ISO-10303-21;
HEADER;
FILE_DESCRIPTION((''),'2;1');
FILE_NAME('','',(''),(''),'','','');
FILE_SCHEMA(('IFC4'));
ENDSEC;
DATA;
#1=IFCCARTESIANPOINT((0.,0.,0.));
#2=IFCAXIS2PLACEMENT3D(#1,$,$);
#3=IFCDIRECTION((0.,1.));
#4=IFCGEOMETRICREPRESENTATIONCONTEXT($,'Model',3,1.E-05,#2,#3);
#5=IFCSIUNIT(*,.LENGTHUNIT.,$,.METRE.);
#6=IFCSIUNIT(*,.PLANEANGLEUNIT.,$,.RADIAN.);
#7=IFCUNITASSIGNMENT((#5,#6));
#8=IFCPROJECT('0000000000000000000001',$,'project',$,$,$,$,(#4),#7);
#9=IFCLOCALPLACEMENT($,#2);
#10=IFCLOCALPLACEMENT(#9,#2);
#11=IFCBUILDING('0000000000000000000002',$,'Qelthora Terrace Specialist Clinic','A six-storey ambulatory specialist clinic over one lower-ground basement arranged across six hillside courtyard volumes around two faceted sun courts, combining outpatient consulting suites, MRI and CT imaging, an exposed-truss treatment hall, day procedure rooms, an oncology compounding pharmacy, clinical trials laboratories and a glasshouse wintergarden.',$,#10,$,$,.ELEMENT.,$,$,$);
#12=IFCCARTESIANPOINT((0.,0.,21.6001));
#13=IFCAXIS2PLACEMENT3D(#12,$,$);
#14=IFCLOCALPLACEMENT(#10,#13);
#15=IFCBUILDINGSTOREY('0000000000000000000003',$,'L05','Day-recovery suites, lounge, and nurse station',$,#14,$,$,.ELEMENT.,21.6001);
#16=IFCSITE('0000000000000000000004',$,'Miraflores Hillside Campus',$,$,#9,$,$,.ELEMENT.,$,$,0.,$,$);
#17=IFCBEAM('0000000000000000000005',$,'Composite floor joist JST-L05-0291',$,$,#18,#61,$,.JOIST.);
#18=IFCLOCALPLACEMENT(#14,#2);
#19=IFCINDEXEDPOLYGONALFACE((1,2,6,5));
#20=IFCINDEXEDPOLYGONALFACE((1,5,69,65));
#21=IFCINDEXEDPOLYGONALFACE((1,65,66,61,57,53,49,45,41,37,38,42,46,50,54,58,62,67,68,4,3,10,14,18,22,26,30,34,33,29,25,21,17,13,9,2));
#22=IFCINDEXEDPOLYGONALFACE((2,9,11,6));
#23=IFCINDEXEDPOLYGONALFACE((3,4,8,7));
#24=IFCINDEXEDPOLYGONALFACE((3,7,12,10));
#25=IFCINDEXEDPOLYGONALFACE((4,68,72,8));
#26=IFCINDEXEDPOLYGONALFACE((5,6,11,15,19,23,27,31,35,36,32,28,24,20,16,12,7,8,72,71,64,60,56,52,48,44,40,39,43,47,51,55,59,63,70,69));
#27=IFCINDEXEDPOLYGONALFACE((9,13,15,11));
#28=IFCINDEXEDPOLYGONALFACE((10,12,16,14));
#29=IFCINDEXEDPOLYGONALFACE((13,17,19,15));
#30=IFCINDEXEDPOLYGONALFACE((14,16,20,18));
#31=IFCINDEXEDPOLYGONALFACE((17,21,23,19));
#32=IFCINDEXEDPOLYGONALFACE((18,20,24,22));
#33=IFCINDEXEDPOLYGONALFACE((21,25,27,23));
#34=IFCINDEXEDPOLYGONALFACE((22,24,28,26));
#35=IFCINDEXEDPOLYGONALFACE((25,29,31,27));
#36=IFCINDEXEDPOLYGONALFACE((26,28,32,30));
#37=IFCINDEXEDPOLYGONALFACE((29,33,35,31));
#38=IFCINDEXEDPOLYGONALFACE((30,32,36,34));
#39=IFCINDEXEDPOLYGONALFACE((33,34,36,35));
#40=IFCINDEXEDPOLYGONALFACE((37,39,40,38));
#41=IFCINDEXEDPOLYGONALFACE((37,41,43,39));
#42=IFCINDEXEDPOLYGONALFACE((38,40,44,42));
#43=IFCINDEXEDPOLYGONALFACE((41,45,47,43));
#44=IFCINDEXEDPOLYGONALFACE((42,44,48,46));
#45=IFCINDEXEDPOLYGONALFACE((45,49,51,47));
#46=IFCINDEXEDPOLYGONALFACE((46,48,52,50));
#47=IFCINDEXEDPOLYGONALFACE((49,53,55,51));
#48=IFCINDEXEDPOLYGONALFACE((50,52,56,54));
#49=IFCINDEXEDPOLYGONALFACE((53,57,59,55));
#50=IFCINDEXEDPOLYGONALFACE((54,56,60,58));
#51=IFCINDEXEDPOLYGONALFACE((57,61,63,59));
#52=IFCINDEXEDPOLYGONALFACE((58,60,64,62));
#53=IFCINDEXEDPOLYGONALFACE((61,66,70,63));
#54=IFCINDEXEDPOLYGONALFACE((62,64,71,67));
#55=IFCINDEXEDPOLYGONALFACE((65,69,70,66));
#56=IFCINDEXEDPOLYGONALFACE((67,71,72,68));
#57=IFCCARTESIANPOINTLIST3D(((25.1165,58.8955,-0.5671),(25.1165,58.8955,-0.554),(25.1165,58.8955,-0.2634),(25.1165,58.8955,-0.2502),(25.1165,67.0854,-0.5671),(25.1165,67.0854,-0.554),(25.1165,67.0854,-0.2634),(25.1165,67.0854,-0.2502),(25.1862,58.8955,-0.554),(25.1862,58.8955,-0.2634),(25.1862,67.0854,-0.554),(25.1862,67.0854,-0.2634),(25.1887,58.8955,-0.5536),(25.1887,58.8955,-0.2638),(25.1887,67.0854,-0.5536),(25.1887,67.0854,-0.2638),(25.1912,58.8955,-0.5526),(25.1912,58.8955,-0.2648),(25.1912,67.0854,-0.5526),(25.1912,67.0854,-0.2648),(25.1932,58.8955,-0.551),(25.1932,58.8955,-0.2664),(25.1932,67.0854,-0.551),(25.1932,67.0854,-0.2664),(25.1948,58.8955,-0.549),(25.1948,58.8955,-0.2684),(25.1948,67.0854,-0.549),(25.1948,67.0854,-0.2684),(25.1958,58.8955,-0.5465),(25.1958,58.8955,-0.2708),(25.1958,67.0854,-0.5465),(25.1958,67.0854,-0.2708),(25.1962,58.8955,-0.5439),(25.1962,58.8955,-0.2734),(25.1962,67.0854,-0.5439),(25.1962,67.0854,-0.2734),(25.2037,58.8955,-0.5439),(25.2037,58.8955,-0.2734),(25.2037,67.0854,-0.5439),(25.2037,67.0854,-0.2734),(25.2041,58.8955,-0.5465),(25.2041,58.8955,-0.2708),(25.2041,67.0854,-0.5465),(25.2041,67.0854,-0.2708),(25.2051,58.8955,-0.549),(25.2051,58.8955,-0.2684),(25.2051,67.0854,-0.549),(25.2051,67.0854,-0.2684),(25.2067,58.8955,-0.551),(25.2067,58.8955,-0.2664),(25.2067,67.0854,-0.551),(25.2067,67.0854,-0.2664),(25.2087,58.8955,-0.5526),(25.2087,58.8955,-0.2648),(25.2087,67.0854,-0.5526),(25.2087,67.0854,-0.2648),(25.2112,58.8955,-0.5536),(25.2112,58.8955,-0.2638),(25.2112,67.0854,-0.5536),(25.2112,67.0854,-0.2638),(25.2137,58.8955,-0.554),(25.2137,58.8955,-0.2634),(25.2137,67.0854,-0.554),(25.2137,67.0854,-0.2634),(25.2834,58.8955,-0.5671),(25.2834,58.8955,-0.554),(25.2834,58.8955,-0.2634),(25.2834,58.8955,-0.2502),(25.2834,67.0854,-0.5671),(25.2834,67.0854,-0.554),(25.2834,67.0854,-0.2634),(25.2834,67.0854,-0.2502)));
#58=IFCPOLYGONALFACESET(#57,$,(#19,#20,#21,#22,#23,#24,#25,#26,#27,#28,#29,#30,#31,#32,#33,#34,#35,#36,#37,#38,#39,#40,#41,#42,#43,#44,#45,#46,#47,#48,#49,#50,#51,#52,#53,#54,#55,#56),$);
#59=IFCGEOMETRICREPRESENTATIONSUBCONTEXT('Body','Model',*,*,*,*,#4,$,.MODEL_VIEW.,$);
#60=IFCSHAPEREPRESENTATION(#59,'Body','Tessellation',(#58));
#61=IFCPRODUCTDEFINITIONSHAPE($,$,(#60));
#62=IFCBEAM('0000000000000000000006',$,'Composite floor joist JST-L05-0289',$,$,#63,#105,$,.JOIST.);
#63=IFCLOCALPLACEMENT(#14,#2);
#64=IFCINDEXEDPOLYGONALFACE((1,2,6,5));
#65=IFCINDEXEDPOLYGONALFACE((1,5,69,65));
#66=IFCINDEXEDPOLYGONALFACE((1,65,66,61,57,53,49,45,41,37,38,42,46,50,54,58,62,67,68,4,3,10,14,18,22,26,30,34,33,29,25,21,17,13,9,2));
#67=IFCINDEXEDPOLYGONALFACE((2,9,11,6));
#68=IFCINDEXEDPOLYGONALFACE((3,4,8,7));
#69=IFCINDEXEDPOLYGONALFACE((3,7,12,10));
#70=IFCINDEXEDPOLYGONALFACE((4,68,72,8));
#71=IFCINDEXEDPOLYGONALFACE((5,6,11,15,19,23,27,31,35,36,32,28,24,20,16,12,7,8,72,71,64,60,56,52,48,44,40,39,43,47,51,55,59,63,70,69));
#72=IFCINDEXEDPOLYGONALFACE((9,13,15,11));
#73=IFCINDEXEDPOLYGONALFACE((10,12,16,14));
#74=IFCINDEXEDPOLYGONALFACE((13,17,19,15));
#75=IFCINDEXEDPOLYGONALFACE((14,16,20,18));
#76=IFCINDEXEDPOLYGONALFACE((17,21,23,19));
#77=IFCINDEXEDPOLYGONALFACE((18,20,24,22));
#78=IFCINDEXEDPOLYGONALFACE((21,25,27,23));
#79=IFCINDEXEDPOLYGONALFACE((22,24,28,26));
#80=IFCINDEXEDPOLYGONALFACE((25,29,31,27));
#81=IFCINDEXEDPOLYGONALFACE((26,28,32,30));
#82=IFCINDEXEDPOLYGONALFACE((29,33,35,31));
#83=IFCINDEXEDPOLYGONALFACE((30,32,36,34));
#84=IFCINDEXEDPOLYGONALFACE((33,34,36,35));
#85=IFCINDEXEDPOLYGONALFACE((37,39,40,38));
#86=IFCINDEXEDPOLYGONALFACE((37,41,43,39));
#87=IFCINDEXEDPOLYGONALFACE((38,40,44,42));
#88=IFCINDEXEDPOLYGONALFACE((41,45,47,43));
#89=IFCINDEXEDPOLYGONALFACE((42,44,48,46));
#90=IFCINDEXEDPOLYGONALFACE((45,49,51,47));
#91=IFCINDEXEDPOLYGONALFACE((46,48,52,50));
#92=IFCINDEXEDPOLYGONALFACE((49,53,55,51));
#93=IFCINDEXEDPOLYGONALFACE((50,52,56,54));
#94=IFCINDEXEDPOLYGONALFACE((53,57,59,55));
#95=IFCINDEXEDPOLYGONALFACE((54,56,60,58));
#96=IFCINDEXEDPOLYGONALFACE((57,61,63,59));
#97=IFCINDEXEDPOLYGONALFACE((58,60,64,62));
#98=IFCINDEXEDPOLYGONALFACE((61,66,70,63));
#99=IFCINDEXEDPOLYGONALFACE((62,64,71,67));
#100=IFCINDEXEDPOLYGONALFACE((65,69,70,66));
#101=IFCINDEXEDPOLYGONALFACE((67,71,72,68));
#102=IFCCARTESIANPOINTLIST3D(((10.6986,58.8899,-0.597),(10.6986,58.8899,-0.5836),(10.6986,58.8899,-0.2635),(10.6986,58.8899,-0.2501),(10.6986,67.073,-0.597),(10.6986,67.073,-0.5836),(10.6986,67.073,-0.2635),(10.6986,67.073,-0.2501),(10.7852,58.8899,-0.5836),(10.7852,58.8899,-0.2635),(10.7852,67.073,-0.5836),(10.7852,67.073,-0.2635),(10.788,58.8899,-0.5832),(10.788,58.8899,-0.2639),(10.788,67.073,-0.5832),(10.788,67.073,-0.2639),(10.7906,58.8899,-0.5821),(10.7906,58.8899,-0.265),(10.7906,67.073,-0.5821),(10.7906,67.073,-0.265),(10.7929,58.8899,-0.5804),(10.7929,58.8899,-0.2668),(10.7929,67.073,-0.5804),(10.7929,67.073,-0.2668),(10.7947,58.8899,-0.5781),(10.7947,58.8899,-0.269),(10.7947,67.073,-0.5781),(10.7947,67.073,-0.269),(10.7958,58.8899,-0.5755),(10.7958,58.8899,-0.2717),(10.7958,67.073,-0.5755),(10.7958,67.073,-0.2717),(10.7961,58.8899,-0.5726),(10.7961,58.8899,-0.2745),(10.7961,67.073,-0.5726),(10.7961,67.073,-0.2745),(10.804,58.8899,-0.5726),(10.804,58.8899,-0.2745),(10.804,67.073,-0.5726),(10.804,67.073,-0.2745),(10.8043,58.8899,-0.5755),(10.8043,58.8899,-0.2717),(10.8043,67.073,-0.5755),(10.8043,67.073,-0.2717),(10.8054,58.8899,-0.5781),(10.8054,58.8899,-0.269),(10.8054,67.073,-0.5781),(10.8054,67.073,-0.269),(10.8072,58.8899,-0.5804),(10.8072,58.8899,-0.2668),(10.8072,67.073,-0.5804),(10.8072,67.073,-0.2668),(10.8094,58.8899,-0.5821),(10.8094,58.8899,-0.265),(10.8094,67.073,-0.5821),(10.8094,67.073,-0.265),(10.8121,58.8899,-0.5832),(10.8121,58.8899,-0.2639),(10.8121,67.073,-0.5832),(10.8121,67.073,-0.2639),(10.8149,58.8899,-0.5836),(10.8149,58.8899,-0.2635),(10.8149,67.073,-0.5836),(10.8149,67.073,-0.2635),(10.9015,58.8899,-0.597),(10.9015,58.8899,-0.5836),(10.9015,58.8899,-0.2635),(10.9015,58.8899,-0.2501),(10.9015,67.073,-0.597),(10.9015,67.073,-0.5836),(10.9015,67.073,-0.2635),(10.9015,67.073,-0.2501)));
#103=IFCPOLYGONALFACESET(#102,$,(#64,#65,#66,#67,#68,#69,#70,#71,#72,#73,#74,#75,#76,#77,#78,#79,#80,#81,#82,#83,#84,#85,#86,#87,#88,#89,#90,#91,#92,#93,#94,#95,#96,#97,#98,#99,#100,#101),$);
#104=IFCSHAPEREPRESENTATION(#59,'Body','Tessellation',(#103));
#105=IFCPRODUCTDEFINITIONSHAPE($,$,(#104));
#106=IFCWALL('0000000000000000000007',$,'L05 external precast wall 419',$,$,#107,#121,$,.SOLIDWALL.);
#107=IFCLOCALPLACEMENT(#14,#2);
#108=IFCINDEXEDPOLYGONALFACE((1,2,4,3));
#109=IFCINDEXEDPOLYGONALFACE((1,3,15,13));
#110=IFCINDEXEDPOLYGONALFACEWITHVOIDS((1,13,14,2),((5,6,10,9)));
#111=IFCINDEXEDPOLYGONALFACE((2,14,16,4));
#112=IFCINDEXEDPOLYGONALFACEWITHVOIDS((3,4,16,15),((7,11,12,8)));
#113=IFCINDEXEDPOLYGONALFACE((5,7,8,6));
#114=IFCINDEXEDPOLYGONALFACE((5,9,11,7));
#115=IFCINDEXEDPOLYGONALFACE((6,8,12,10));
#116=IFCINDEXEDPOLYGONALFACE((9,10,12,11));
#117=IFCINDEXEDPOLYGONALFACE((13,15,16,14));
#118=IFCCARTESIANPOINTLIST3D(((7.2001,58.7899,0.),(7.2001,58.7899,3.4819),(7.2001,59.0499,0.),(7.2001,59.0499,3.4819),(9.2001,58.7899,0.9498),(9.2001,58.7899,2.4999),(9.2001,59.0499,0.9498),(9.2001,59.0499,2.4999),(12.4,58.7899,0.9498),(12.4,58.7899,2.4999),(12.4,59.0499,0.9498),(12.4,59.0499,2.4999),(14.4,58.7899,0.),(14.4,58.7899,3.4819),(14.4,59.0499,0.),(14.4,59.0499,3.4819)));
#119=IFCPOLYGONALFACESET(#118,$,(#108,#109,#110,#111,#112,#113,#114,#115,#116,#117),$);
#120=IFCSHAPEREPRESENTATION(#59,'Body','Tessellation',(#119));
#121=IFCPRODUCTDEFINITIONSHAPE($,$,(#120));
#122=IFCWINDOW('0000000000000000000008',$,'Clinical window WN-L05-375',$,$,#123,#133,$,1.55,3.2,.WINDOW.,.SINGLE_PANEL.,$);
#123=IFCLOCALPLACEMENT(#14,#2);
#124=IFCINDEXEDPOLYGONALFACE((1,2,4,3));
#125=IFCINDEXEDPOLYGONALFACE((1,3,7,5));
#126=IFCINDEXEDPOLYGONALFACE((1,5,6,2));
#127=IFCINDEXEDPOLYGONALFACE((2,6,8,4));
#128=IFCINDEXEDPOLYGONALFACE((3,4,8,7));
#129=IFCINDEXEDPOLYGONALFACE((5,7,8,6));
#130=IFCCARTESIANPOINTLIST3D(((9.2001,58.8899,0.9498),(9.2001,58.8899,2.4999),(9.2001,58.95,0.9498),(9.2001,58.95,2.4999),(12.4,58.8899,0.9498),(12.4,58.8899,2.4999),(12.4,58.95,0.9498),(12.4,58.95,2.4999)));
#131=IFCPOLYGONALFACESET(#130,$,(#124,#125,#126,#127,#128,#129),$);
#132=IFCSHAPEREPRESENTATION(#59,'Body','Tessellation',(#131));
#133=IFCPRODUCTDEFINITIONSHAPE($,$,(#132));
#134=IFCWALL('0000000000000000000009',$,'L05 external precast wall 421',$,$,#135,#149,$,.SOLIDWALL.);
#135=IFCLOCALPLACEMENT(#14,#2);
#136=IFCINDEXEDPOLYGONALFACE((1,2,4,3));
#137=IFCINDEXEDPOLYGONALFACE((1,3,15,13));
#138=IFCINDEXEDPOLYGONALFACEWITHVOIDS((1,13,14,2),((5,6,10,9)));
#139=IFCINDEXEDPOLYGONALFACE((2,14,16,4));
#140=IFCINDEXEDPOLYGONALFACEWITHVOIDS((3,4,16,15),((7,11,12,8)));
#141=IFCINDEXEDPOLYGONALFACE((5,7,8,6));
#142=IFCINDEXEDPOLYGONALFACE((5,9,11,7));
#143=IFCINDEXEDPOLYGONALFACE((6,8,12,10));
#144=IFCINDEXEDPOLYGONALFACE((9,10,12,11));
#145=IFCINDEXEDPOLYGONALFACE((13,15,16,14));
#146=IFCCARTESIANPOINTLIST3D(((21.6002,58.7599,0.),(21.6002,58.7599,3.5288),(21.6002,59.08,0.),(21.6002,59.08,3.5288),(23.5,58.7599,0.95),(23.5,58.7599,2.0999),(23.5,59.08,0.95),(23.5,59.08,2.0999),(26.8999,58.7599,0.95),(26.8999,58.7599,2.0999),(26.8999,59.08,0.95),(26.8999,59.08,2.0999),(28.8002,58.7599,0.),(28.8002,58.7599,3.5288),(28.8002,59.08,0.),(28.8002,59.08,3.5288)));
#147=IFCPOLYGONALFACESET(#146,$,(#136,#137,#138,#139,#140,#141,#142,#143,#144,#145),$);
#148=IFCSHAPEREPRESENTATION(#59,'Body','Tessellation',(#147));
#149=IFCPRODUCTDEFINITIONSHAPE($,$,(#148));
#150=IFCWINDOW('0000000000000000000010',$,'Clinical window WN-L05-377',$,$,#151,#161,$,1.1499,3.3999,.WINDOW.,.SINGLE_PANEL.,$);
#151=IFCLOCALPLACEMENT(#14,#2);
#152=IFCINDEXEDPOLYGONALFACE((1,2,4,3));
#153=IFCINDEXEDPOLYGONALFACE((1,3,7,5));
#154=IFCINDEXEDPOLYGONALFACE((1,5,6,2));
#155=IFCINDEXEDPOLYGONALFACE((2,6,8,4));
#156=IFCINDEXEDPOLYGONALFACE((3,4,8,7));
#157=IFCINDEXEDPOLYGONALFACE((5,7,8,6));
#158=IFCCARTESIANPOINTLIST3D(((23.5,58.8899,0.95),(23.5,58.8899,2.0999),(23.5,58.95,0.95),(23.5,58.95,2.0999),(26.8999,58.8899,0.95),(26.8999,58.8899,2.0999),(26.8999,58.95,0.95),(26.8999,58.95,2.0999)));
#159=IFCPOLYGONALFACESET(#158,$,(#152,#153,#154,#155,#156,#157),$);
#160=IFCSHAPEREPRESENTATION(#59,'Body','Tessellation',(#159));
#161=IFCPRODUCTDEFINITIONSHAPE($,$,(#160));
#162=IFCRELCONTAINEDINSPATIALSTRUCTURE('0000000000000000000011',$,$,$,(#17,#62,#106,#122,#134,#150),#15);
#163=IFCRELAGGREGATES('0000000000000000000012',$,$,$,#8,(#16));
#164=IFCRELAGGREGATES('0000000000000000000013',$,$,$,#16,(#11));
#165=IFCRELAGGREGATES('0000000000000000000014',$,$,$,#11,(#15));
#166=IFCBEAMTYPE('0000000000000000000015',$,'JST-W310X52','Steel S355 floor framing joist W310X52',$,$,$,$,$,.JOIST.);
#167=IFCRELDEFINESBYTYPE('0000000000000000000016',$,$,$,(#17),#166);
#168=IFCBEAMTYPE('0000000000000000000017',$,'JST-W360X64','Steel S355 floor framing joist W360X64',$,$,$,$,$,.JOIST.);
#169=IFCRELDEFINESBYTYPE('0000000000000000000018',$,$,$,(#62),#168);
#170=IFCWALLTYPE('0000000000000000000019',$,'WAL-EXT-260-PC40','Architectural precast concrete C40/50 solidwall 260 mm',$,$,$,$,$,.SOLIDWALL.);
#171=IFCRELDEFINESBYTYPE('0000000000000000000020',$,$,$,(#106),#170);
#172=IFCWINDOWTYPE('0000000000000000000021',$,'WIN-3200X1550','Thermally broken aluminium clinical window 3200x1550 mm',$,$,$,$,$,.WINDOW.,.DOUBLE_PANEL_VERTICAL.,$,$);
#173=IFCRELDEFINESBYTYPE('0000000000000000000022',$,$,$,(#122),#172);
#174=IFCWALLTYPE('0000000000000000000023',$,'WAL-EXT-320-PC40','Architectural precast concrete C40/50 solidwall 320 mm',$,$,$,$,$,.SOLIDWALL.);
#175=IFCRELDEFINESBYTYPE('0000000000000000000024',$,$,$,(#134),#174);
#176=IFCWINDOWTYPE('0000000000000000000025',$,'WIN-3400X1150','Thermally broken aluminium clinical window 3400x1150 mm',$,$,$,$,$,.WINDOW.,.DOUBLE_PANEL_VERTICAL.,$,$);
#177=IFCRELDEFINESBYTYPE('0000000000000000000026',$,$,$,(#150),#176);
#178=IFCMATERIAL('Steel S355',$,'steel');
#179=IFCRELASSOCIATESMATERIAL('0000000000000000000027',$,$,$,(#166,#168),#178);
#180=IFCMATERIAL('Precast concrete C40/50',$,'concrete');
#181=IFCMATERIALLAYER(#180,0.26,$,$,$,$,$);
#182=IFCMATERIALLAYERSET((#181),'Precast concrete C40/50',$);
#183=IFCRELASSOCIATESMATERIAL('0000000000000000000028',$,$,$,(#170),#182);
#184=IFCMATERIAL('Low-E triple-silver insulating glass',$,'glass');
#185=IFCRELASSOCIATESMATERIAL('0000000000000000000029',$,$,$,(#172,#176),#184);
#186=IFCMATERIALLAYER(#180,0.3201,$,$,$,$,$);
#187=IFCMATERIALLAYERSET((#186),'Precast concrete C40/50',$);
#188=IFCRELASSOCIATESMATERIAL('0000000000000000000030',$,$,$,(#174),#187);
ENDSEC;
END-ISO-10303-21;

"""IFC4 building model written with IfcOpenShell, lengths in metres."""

from ifc_helpers import new_model, si_unit, direction, frame, frame_2d, origin, origin_2d, place, context, subcontext, project, spatial, rectangle, i_section, extrude, material, layer, layer_set, material_profile, profile_set, type_object, element, fill, save


model = new_model("IFC4")

# Units and contexts
model_context = context("Model", 3, precision=1e-05, world=origin(), true_north=direction((0.0, 1.0)))
body_context = subcontext(model_context, "Body", "Model", "MODEL_VIEW")
ifc_project = project(units=[si_unit("LENGTHUNIT", "METRE"), si_unit("PLANEANGLEUNIT", "RADIAN")], contexts=[model_context])

# Site, building, storey
site_placement = place(None, origin())
site = spatial("IfcSite", under=ifc_project, at=site_placement, Name="Miraflores Hillside Campus", CompositionType="ELEMENT", RefElevation=0.0)
building_placement = place(site_placement, origin())
building = spatial("IfcBuilding", under=site, at=building_placement, Name="Qelthora Terrace Specialist Clinic", Description="A six-storey ambulatory specialist clinic over one lower-ground basement arranged across six hillside courtyard volumes around two faceted sun courts, combining outpatient consulting suites, MRI and CT imaging, an exposed-truss treatment hall, day procedure rooms, an oncology compounding pharmacy, clinical trials laboratories and a glasshouse wintergarden.", CompositionType="ELEMENT")
storey_placement = place(building_placement, frame((0.0, 0.0, 21.6001)))
storey = spatial("IfcBuildingStorey", under=building, at=storey_placement, Name="L05", Description="Day-recovery suites, lounge, and nurse station", CompositionType="ELEMENT", Elevation=21.6001)

# Shared definitions
ifc_material_1 = material(Name="Steel S355", Category="steel")

# Beams
ifc_material_profile_1 = material_profile(ifc_material_1, i_section(OverallWidth=0.167, OverallDepth=0.3169, WebThickness=0.0076, FlangeThickness=0.0132, FilletRadius=0.01, at=origin_2d()), Name="W310X52")
ifc_profile_set_1 = profile_set([ifc_material_profile_1], Name="Steel S355")
beam_type_1 = type_object("IfcBeamType", Name="JST-W310X52", Description="Steel S355 floor framing joist W310X52", PredefinedType="JOIST", material=ifc_profile_set_1)
beam_1_placement = place(storey_placement, frame((25.2, 58.8955, -0.4087), z_axis=(0.0, 1.0, 0.0), x_axis=(-1.0, 0.0, 0.0)))
element("IfcBeam", 1, at=beam_1_placement, inside=storey, type_object=beam_type_1, Name="Composite floor joist JST-L05-0291", PredefinedType="JOIST", context=body_context, shape_type="SweptSolid", body=[
    extrude(i_section(OverallWidth=0.167, OverallDepth=0.3169, WebThickness=0.0076, FlangeThickness=0.0132, FilletRadius=0.01, at=origin_2d()), origin(), (0.0, 0.0, 1.0), 8.1899),
])
ifc_material_profile_2 = material_profile(ifc_material_1, i_section(OverallWidth=0.2029, OverallDepth=0.3469, WebThickness=0.0078, FlangeThickness=0.0134, FilletRadius=0.011, at=origin_2d()), Name="W360X64")
ifc_profile_set_2 = profile_set([ifc_material_profile_2], Name="Steel S355")
beam_type_2 = type_object("IfcBeamType", Name="JST-W360X64", Description="Steel S355 floor framing joist W360X64", PredefinedType="JOIST", material=ifc_profile_set_2)
beam_2_placement = place(storey_placement, frame((10.8, 58.8899, -0.4236), z_axis=(0.0, 1.0, 0.0), x_axis=(-1.0, 0.0, 0.0)))
element("IfcBeam", 2, at=beam_2_placement, inside=storey, type_object=beam_type_2, Name="Composite floor joist JST-L05-0289", PredefinedType="JOIST", context=body_context, shape_type="SweptSolid", body=[
    extrude(i_section(OverallWidth=0.2029, OverallDepth=0.3469, WebThickness=0.0078, FlangeThickness=0.0134, FilletRadius=0.011, at=origin_2d()), origin(), (0.0, 0.0, 1.0), 8.1831),
])

# Walls, openings, windows
ifc_material_2 = material(Name="Precast concrete C40/50", Category="concrete")
ifc_layer_1 = layer(ifc_material_2, 0.26)
ifc_layer_set_1 = layer_set([ifc_layer_1], Name="Precast concrete C40/50")
wall_type_1 = type_object("IfcWallType", Name="WAL-EXT-260-PC40", Description="Architectural precast concrete C40/50 solidwall 260 mm", PredefinedType="SOLIDWALL", material=ifc_layer_set_1)
wall_1_placement = place(storey_placement, frame((7.2, 58.9199, 0.0), z_axis=(0.0, 0.0, 1.0), x_axis=(1.0, 0.0, 0.0)))
wall_1 = element("IfcWall", 3, at=wall_1_placement, inside=storey, type_object=wall_type_1, Name="L05 external precast wall 419", PredefinedType="SOLIDWALL", context=body_context, shape_type="SweptSolid", body=[
    extrude(rectangle(XDim=7.2, YDim=0.26, at=frame_2d((3.6001, 0.0))), origin(), (0.0, 0.0, 1.0), 3.4819),
])
opening_1_placement = place(wall_1_placement, frame((2.0, 0.0, 0.95)))
opening_1 = element("IfcOpeningElement", 4, at=opening_1_placement, cuts=wall_1, PredefinedType="OPENING", context=body_context, shape_type="SweptSolid", body=[
    extrude(rectangle(XDim=3.2, YDim=1.55, at=frame_2d((1.6001, 0.7749))), frame((0.0, 0.1399, 0.0), z_axis=(0.0, -1.0, 0.0), x_axis=(1.0, 0.0, 0.0)), (0.0, 0.0, 1.0), 0.28),
])
ifc_material_3 = material(Name="Low-E triple-silver insulating glass", Category="glass")
window_type_1 = type_object("IfcWindowType", Name="WIN-3200X1550", Description="Thermally broken aluminium clinical window 3200x1550 mm", PartitioningType="DOUBLE_PANEL_VERTICAL", PredefinedType="WINDOW", material=ifc_material_3)
window_1_placement = place(opening_1_placement, origin())
window_1 = element("IfcWindow", 5, at=window_1_placement, inside=storey, type_object=window_type_1, Name="Clinical window WN-L05-375", OverallHeight=1.55, OverallWidth=3.2, PartitioningType="SINGLE_PANEL", PredefinedType="WINDOW", context=body_context, shape_type="SweptSolid", body=[
    extrude(rectangle(XDim=3.2, YDim=1.55, at=frame_2d((1.6001, 0.7749))), frame((0.0, 0.03, 0.0), z_axis=(0.0, -1.0, 0.0), x_axis=(1.0, 0.0, 0.0)), (0.0, 0.0, 1.0), 0.0601),
])
fill(opening_1, window_1)
ifc_layer_2 = layer(ifc_material_2, 0.3201)
ifc_layer_set_2 = layer_set([ifc_layer_2], Name="Precast concrete C40/50")
wall_type_2 = type_object("IfcWallType", Name="WAL-EXT-320-PC40", Description="Architectural precast concrete C40/50 solidwall 320 mm", PredefinedType="SOLIDWALL", material=ifc_layer_set_2)
wall_2_placement = place(storey_placement, frame((21.6001, 58.9199, 0.0), z_axis=(0.0, 0.0, 1.0), x_axis=(1.0, 0.0, 0.0)))
wall_2 = element("IfcWall", 6, at=wall_2_placement, inside=storey, type_object=wall_type_2, Name="L05 external precast wall 421", PredefinedType="SOLIDWALL", context=body_context, shape_type="SweptSolid", body=[
    extrude(rectangle(XDim=7.2, YDim=0.3201, at=frame_2d((3.6001, 0.0))), origin(), (0.0, 0.0, 1.0), 3.5288),
])
opening_2_placement = place(wall_2_placement, frame((1.8999, 0.0, 0.95)))
opening_2 = element("IfcOpeningElement", 7, at=opening_2_placement, cuts=wall_2, PredefinedType="OPENING", context=body_context, shape_type="SweptSolid", body=[
    extrude(rectangle(XDim=3.3999, YDim=1.1499, at=frame_2d((1.7, 0.575))), frame((0.0, 0.1699, 0.0), z_axis=(0.0, -1.0, 0.0), x_axis=(1.0, 0.0, 0.0)), (0.0, 0.0, 1.0), 0.3401),
])
window_type_2 = type_object("IfcWindowType", Name="WIN-3400X1150", Description="Thermally broken aluminium clinical window 3400x1150 mm", PartitioningType="DOUBLE_PANEL_VERTICAL", PredefinedType="WINDOW", material=ifc_material_3)
window_2_placement = place(opening_2_placement, origin())
window_2 = element("IfcWindow", 8, at=window_2_placement, inside=storey, type_object=window_type_2, Name="Clinical window WN-L05-377", OverallHeight=1.1499, OverallWidth=3.3999, PartitioningType="SINGLE_PANEL", PredefinedType="WINDOW", context=body_context, shape_type="SweptSolid", body=[
    extrude(rectangle(XDim=3.3999, YDim=1.1499, at=frame_2d((1.7, 0.575))), frame((0.0, 0.03, 0.0), z_axis=(0.0, -1.0, 0.0), x_axis=(1.0, 0.0, 0.0)), (0.0, 0.0, 1.0), 0.0601),
])
fill(opening_2, window_2)

save(model, "model.ifc")
